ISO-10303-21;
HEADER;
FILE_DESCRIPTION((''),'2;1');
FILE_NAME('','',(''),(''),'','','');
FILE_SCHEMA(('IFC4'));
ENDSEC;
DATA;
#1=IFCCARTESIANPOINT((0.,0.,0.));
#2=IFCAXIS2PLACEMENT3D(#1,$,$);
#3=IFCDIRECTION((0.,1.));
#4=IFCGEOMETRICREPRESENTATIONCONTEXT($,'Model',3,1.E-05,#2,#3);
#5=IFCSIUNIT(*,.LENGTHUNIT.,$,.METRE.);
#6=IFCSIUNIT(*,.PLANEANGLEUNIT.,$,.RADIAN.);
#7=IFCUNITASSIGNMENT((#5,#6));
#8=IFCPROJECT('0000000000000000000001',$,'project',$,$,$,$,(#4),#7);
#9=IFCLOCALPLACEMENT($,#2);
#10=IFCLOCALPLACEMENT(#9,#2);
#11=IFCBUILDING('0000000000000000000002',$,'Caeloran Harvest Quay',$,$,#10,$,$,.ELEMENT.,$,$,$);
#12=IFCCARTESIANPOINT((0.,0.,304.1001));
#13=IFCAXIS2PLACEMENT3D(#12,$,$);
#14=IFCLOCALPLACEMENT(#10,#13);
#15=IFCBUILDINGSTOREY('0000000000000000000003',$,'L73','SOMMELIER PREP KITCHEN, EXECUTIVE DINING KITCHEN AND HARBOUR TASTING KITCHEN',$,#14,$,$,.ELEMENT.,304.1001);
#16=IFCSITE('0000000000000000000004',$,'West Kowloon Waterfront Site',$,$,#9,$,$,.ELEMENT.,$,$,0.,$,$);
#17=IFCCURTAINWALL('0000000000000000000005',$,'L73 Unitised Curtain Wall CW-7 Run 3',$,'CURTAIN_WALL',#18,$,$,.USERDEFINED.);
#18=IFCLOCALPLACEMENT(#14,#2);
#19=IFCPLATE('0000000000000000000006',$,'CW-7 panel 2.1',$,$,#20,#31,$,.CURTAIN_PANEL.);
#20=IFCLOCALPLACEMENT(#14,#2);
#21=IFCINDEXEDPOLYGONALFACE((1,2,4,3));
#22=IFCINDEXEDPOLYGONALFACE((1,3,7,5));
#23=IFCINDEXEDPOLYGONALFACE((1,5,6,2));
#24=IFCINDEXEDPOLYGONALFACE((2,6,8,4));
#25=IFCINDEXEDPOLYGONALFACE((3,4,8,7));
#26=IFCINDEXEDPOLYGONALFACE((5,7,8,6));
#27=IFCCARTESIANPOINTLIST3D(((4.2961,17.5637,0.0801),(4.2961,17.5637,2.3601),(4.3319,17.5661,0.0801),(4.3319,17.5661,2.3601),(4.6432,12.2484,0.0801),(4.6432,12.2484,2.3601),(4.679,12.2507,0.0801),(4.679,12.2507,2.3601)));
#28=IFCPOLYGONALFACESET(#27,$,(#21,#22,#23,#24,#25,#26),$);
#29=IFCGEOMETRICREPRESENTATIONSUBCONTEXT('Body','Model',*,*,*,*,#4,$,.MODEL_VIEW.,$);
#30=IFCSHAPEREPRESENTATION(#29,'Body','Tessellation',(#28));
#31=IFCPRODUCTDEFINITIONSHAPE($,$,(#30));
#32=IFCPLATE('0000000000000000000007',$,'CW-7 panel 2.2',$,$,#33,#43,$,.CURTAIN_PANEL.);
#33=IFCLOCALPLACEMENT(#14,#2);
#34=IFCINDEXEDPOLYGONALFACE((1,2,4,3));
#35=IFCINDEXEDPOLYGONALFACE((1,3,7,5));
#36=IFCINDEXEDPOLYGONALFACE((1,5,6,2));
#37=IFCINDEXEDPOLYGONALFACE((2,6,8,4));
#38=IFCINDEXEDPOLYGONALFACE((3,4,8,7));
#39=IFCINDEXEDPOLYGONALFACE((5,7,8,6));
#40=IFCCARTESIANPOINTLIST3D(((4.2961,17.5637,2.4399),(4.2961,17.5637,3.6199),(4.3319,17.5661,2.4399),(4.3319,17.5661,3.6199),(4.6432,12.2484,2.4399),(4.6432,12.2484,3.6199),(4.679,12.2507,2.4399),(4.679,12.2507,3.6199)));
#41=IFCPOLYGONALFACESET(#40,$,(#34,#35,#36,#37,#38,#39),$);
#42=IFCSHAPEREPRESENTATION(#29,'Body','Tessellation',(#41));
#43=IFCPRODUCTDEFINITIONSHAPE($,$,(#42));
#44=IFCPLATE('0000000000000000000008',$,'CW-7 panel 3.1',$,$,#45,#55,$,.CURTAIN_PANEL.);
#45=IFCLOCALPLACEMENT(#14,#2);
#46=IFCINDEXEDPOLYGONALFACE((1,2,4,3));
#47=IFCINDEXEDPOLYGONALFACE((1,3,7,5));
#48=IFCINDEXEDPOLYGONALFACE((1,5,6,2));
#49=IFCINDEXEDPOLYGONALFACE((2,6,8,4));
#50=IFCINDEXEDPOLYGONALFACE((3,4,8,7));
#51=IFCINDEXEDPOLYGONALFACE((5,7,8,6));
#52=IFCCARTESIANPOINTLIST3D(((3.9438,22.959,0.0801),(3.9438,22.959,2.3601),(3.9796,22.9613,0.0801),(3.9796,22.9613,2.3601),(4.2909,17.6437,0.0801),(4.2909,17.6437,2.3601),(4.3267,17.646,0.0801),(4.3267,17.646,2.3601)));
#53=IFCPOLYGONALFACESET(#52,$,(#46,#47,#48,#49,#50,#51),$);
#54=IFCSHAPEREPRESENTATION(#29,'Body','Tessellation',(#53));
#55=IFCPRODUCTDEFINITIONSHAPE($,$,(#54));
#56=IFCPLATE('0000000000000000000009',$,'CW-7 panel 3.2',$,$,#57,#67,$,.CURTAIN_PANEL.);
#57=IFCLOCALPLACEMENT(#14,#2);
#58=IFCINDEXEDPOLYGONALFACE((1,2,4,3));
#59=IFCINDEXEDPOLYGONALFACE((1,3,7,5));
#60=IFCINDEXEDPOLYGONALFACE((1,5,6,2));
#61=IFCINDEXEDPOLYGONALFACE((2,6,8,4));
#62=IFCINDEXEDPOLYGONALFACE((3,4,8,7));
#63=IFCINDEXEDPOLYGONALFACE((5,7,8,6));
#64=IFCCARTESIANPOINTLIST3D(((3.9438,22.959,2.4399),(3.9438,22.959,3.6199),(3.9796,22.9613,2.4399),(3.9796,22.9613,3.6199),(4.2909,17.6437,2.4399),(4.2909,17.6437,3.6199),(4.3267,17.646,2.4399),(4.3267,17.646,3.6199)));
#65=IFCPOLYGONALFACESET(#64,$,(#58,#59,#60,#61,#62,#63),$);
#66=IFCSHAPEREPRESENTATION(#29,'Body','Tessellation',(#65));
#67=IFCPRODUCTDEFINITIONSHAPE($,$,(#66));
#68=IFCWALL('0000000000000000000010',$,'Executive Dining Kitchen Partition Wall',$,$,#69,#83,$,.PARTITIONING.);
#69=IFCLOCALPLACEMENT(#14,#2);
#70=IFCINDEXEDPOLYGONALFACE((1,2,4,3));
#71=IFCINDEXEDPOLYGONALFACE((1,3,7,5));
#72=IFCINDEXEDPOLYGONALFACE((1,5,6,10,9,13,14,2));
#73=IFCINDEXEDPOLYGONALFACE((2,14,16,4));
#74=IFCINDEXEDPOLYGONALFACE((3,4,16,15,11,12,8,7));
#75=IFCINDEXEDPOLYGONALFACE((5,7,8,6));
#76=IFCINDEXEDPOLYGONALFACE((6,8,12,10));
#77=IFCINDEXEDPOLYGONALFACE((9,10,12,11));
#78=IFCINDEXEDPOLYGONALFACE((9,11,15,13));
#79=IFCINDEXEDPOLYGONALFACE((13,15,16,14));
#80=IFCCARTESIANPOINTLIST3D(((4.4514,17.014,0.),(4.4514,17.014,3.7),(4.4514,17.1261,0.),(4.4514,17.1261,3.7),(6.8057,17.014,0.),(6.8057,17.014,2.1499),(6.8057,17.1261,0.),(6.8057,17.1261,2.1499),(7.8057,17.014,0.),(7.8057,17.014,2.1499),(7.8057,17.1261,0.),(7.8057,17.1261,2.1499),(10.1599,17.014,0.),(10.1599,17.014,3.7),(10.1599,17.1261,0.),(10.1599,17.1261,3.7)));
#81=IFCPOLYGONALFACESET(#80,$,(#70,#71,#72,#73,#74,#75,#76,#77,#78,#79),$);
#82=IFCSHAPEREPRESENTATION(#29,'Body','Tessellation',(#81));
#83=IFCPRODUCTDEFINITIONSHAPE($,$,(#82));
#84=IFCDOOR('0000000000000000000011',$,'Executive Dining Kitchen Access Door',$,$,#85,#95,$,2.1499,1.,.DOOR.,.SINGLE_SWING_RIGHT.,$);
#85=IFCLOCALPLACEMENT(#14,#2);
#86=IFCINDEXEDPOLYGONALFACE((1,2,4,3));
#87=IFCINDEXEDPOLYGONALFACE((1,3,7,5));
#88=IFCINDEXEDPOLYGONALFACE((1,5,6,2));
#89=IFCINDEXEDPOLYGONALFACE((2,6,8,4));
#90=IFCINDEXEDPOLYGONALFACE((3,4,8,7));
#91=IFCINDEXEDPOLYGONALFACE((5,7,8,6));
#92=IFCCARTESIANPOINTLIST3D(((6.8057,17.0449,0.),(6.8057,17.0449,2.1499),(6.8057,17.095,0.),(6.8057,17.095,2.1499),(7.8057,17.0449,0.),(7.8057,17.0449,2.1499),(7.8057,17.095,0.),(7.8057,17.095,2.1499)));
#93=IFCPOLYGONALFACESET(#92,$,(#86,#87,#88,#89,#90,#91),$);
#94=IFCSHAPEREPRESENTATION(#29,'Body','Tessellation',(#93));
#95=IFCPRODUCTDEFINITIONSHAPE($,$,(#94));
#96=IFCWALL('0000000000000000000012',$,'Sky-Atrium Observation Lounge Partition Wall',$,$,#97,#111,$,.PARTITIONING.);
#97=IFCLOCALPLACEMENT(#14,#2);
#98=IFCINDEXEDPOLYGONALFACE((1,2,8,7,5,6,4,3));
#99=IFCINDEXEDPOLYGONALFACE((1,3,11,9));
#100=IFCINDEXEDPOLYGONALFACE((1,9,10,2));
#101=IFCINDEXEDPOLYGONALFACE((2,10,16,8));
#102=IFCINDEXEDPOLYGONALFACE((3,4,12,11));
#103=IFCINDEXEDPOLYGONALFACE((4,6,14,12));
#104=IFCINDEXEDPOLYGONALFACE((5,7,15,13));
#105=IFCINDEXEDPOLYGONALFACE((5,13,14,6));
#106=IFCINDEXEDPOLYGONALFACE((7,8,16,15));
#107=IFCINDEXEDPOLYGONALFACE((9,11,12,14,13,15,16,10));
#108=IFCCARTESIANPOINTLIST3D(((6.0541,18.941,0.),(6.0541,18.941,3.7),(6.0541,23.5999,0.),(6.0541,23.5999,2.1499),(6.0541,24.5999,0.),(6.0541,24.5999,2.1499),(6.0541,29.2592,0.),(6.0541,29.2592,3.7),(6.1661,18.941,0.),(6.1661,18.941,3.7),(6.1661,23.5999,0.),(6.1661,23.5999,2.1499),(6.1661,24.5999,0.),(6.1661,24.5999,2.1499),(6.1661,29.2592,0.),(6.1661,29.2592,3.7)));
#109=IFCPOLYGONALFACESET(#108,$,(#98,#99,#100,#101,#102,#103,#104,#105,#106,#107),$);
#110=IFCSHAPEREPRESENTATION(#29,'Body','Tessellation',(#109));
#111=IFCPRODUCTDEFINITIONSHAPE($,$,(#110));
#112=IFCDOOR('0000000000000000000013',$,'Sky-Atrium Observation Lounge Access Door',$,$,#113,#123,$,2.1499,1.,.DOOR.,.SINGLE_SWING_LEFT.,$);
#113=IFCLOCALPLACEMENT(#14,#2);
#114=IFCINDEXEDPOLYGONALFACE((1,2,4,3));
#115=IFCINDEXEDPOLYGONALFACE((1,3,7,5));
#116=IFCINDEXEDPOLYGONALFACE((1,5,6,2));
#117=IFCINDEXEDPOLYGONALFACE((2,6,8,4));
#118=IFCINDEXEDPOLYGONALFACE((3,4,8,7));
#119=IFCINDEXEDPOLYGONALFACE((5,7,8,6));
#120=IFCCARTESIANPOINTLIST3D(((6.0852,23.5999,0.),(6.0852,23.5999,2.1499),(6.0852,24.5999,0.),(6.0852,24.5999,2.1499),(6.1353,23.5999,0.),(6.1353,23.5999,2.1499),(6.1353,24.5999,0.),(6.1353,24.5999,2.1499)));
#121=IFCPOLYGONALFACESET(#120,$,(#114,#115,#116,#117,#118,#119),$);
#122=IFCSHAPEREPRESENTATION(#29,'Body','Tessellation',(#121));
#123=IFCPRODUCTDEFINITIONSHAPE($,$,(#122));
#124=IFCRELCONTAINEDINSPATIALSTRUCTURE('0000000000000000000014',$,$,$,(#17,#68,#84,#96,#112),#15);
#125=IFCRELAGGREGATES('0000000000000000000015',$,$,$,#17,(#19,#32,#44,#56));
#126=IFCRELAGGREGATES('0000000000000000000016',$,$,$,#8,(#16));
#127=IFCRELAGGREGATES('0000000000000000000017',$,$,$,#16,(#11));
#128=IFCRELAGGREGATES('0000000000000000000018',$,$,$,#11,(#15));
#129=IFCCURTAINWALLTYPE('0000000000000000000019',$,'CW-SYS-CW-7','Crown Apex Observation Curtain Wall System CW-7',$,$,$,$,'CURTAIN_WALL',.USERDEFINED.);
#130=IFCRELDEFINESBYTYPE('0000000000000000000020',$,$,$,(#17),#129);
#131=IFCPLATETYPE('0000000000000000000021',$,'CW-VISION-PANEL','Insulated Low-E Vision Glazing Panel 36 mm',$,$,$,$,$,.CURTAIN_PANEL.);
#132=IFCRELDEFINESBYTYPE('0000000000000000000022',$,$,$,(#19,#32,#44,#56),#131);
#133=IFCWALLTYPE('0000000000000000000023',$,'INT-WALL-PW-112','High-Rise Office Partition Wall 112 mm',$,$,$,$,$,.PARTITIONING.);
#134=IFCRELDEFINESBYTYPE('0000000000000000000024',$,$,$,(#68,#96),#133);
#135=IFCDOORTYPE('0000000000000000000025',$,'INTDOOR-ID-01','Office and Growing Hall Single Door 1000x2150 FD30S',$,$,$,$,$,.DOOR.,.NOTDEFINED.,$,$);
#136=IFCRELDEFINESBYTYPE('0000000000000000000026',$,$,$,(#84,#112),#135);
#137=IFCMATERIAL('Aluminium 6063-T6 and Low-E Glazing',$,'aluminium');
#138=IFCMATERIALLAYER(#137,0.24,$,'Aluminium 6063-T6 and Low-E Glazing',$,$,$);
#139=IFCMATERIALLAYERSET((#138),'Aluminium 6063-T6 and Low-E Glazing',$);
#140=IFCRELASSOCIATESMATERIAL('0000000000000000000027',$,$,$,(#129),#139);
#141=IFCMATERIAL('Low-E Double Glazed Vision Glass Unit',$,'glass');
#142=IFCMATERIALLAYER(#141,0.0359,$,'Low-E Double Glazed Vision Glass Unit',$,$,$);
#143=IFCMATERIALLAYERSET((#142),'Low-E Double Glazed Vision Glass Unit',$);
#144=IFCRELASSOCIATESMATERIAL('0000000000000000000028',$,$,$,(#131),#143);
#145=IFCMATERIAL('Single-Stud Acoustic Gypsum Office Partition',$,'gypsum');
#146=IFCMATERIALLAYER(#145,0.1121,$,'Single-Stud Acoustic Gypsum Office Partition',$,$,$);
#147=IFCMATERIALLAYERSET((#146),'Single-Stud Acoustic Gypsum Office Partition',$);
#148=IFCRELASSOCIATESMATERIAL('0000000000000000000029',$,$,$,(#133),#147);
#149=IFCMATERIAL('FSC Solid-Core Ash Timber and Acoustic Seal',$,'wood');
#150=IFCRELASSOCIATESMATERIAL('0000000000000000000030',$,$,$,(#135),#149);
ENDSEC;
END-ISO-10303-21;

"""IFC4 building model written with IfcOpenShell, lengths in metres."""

from ifc_helpers import new_model, si_unit, direction, frame, frame_2d, origin, origin_2d, place, context, subcontext, project, spatial, rectangle, extrude, material, layer, layer_set, type_object, element, fill, aggregate, save


model = new_model("IFC4")

# Units and contexts
model_context = context("Model", 3, precision=1e-05, world=origin(), true_north=direction((0.0, 1.0)))
body_context = subcontext(model_context, "Body", "Model", "MODEL_VIEW")
ifc_project = project(units=[si_unit("LENGTHUNIT", "METRE"), si_unit("PLANEANGLEUNIT", "RADIAN")], contexts=[model_context])

# Site, building, storey
site_placement = place(None, origin())
site = spatial("IfcSite", under=ifc_project, at=site_placement, Name="West Kowloon Waterfront Site", CompositionType="ELEMENT", RefElevation=0.0)
building_placement = place(site_placement, origin())
building = spatial("IfcBuilding", under=site, at=building_placement, Name="Caeloran Harvest Quay", CompositionType="ELEMENT")
storey_placement = place(building_placement, frame((0.0, 0.0, 304.1001)))
storey = spatial("IfcBuildingStorey", under=building, at=storey_placement, Name="L73", Description="SOMMELIER PREP KITCHEN, EXECUTIVE DINING KITCHEN AND HARBOUR TASTING KITCHEN", CompositionType="ELEMENT", Elevation=304.1001)

# Curtain wall, plates
ifc_material_1 = material(Name="Aluminium 6063-T6 and Low-E Glazing", Category="aluminium")
ifc_layer_1 = layer(ifc_material_1, 0.24, Name="Aluminium 6063-T6 and Low-E Glazing")
ifc_layer_set_1 = layer_set([ifc_layer_1], Name="Aluminium 6063-T6 and Low-E Glazing")
curtain_wall_type = type_object("IfcCurtainWallType", Name="CW-SYS-CW-7", Description="Crown Apex Observation Curtain Wall System CW-7", ElementType="CURTAIN_WALL", PredefinedType="USERDEFINED", material=ifc_layer_set_1)
curtain_wall_placement = place(storey_placement, origin())
curtain_wall = element("IfcCurtainWall", 1, at=curtain_wall_placement, inside=storey, type_object=curtain_wall_type, Name="L73 Unitised Curtain Wall CW-7 Run 3", ObjectType="CURTAIN_WALL", PredefinedType="USERDEFINED")
ifc_material_2 = material(Name="Low-E Double Glazed Vision Glass Unit", Category="glass")
ifc_layer_2 = layer(ifc_material_2, 0.0359, Name="Low-E Double Glazed Vision Glass Unit")
ifc_layer_set_2 = layer_set([ifc_layer_2], Name="Low-E Double Glazed Vision Glass Unit")
plate_type = type_object("IfcPlateType", Name="CW-VISION-PANEL", Description="Insulated Low-E Vision Glazing Panel 36 mm", PredefinedType="CURTAIN_PANEL", material=ifc_layer_set_2)
plate_1_placement = place(storey_placement, frame((4.4875, 14.9072, 0.0801), z_axis=(0.0, 0.0, 1.0), x_axis=(-0.065167, 0.997874, 0.0)))
plate_1 = element("IfcPlate", 2, at=plate_1_placement, type_object=plate_type, Name="CW-7 panel 2.1", PredefinedType="CURTAIN_PANEL", context=body_context, shape_type="SweptSolid", body=[
    extrude(rectangle(XDim=5.3267, YDim=0.0359, at=origin_2d()), origin(), (0.0, 0.0, 1.0), 2.28),
])
plate_2_placement = place(storey_placement, frame((4.4875, 14.9072, 2.4399), z_axis=(0.0, 0.0, 1.0), x_axis=(-0.065167, 0.997874, 0.0)))
plate_2 = element("IfcPlate", 3, at=plate_2_placement, type_object=plate_type, Name="CW-7 panel 2.2", PredefinedType="CURTAIN_PANEL", context=body_context, shape_type="SweptSolid", body=[
    extrude(rectangle(XDim=5.3267, YDim=0.0359, at=origin_2d()), origin(), (0.0, 0.0, 1.0), 1.1799),
])
plate_3_placement = place(storey_placement, frame((4.1353, 20.3025, 0.0801), z_axis=(0.0, 0.0, 1.0), x_axis=(-0.065167, 0.997874, 0.0)))
plate_3 = element("IfcPlate", 4, at=plate_3_placement, type_object=plate_type, Name="CW-7 panel 3.1", PredefinedType="CURTAIN_PANEL", context=body_context, shape_type="SweptSolid", body=[
    extrude(rectangle(XDim=5.3267, YDim=0.0359, at=origin_2d()), origin(), (0.0, 0.0, 1.0), 2.28),
])
plate_4_placement = place(storey_placement, frame((4.1353, 20.3025, 2.4399), z_axis=(0.0, 0.0, 1.0), x_axis=(-0.065167, 0.997874, 0.0)))
plate_4 = element("IfcPlate", 5, at=plate_4_placement, type_object=plate_type, Name="CW-7 panel 3.2", PredefinedType="CURTAIN_PANEL", context=body_context, shape_type="SweptSolid", body=[
    extrude(rectangle(XDim=5.3267, YDim=0.0359, at=origin_2d()), origin(), (0.0, 0.0, 1.0), 1.1799),
])
aggregate(curtain_wall, [plate_1, plate_2, plate_3, plate_4])

# Walls, openings, doors
ifc_material_3 = material(Name="Single-Stud Acoustic Gypsum Office Partition", Category="gypsum")
ifc_layer_3 = layer(ifc_material_3, 0.1121, Name="Single-Stud Acoustic Gypsum Office Partition")
ifc_layer_set_3 = layer_set([ifc_layer_3], Name="Single-Stud Acoustic Gypsum Office Partition")
wall_type = type_object("IfcWallType", Name="INT-WALL-PW-112", Description="High-Rise Office Partition Wall 112 mm", PredefinedType="PARTITIONING", material=ifc_layer_set_3)
wall_1_placement = place(storey_placement, frame((4.4514, 17.0701, 0.0), z_axis=(0.0, 0.0, 1.0), x_axis=(1.0, 0.0, 0.0)))
wall_1 = element("IfcWall", 6, at=wall_1_placement, inside=storey, type_object=wall_type, Name="Executive Dining Kitchen Partition Wall", PredefinedType="PARTITIONING", context=body_context, shape_type="SweptSolid", body=[
    extrude(rectangle(XDim=5.7085, YDim=0.1121, at=frame_2d((2.8542, 0.0))), origin(), (0.0, 0.0, 1.0), 3.7),
])
opening_1_placement = place(wall_1_placement, frame((2.3542, 0.0, 0.0)))
opening_1 = element("IfcOpeningElement", 7, at=opening_1_placement, cuts=wall_1, PredefinedType="OPENING", context=body_context, shape_type="SweptSolid", body=[
    extrude(rectangle(XDim=1.0, YDim=2.1499, at=frame_2d((0.5, 1.075))), frame((0.0, 0.0659, 0.0), z_axis=(0.0, -1.0, 0.0), x_axis=(1.0, 0.0, 0.0)), (0.0, 0.0, 1.0), 0.1321),
])
ifc_material_4 = material(Name="FSC Solid-Core Ash Timber and Acoustic Seal", Category="wood")
door_type = type_object("IfcDoorType", Name="INTDOOR-ID-01", Description="Office and Growing Hall Single Door 1000x2150 FD30S", OperationType="NOTDEFINED", PredefinedType="DOOR", material=ifc_material_4)
door_1_placement = place(opening_1_placement, origin())
door_1 = element("IfcDoor", 8, at=door_1_placement, inside=storey, type_object=door_type, Name="Executive Dining Kitchen Access Door", OperationType="SINGLE_SWING_RIGHT", OverallHeight=2.1499, OverallWidth=1.0, PredefinedType="DOOR", context=body_context, shape_type="SweptSolid", body=[
    extrude(rectangle(XDim=1.0, YDim=2.1499, at=frame_2d((0.5, 1.075))), frame((0.0, 0.0249, 0.0), z_axis=(0.0, -1.0, 0.0), x_axis=(1.0, 0.0, 0.0)), (0.0, 0.0, 1.0), 0.05),
])
fill(opening_1, door_1)
wall_2_placement = place(storey_placement, frame((6.1101, 18.9409, 0.0), z_axis=(0.0, 0.0, 1.0), x_axis=(0.0, 1.0, 0.0)))
wall_2 = element("IfcWall", 9, at=wall_2_placement, inside=storey, type_object=wall_type, Name="Sky-Atrium Observation Lounge Partition Wall", PredefinedType="PARTITIONING", context=body_context, shape_type="SweptSolid", body=[
    extrude(rectangle(XDim=10.3181, YDim=0.1121, at=frame_2d((5.1592, 0.0))), origin(), (0.0, 0.0, 1.0), 3.7),
])
opening_2_placement = place(wall_2_placement, frame((4.6589, 0.0, 0.0)))
opening_2 = element("IfcOpeningElement", 10, at=opening_2_placement, cuts=wall_2, PredefinedType="OPENING", context=body_context, shape_type="SweptSolid", body=[
    extrude(rectangle(XDim=1.0, YDim=2.1499, at=frame_2d((0.5, 1.075))), frame((0.0, 0.0659, 0.0), z_axis=(0.0, -1.0, 0.0), x_axis=(1.0, 0.0, 0.0)), (0.0, 0.0, 1.0), 0.1321),
])
door_2_placement = place(opening_2_placement, origin())
door_2 = element("IfcDoor", 11, at=door_2_placement, inside=storey, type_object=door_type, Name="Sky-Atrium Observation Lounge Access Door", OperationType="SINGLE_SWING_LEFT", OverallHeight=2.1499, OverallWidth=1.0, PredefinedType="DOOR", context=body_context, shape_type="SweptSolid", body=[
    extrude(rectangle(XDim=1.0, YDim=2.1499, at=frame_2d((0.5, 1.075))), frame((0.0, 0.0249, 0.0), z_axis=(0.0, -1.0, 0.0), x_axis=(1.0, 0.0, 0.0)), (0.0, 0.0, 1.0), 0.05),
])
fill(opening_2, door_2)

save(model, "model.ifc")
